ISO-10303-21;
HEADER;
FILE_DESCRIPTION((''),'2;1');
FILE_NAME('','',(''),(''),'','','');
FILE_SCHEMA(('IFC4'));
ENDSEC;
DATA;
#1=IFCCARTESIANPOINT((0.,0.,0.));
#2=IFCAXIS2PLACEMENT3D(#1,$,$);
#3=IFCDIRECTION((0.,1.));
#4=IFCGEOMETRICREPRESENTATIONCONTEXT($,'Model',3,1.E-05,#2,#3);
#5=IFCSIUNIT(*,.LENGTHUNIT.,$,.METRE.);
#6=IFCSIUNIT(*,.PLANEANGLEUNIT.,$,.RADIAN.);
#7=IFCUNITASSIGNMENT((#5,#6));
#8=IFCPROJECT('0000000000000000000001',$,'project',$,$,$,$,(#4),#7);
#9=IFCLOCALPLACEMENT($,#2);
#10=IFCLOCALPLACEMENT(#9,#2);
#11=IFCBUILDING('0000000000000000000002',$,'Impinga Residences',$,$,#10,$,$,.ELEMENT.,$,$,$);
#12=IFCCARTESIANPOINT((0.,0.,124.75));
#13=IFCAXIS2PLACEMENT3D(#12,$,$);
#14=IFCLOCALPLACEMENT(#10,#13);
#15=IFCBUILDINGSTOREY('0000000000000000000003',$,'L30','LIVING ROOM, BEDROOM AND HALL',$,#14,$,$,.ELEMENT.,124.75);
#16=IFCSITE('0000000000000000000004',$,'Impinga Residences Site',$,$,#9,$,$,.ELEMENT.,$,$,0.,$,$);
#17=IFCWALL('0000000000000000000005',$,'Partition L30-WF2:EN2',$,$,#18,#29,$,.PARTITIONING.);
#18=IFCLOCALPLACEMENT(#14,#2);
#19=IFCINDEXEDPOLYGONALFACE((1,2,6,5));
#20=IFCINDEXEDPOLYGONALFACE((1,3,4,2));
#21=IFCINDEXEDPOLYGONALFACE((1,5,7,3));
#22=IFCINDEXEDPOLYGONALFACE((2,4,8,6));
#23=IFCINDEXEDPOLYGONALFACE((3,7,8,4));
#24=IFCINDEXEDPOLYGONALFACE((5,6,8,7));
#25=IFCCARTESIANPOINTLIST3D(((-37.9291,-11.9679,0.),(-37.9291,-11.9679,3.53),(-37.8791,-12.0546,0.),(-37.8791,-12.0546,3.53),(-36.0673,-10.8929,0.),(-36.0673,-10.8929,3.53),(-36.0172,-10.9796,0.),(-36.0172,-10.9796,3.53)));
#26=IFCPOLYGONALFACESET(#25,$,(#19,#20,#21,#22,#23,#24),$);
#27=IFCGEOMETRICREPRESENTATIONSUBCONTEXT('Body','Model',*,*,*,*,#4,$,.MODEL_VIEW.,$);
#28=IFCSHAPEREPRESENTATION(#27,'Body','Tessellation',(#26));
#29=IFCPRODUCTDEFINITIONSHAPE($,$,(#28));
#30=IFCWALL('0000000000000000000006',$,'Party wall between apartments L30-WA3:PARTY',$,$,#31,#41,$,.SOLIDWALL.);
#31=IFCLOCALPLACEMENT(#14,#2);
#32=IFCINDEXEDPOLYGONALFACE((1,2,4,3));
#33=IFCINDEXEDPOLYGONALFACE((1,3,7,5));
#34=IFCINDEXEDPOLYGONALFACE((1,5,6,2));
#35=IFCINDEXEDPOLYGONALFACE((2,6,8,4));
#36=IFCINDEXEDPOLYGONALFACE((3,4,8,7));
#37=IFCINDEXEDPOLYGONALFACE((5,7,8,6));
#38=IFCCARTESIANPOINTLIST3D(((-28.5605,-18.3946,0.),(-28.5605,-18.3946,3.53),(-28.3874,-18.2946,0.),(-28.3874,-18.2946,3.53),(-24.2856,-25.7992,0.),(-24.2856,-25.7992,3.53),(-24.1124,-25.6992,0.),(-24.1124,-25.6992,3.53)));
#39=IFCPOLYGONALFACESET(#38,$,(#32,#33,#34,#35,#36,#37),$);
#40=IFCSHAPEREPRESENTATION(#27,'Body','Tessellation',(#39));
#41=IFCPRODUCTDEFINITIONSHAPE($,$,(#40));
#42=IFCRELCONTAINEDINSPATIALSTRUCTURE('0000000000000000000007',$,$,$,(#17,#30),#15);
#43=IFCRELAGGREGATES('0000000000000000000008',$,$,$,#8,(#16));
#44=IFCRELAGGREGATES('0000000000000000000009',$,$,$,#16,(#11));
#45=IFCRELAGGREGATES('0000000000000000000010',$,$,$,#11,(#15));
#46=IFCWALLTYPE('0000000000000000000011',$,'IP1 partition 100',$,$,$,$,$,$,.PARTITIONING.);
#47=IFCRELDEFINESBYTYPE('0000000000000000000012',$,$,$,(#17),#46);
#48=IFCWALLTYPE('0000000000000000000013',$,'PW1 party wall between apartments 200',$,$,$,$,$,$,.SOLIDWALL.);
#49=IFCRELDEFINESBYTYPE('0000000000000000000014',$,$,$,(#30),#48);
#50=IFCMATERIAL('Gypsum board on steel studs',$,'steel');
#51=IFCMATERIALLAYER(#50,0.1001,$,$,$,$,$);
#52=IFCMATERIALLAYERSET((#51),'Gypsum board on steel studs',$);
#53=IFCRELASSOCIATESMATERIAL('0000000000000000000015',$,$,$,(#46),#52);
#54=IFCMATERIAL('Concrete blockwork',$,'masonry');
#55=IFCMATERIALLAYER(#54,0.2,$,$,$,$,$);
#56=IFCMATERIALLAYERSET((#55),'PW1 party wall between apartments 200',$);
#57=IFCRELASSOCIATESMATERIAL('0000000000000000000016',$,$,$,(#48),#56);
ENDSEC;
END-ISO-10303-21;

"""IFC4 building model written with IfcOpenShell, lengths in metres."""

from ifc_helpers import new_model, si_unit, direction, frame, frame_2d, origin, place, context, subcontext, project, spatial, rectangle, extrude, material, layer, layer_set, type_object, element, save


model = new_model("IFC4")

# Units and contexts
model_context = context("Model", 3, precision=1e-05, world=origin(), true_north=direction((0.0, 1.0)))
body_context = subcontext(model_context, "Body", "Model", "MODEL_VIEW")
ifc_project = project(units=[si_unit("LENGTHUNIT", "METRE"), si_unit("PLANEANGLEUNIT", "RADIAN")], contexts=[model_context])

# Site, building, storey
site_placement = place(None, origin())
site = spatial("IfcSite", under=ifc_project, at=site_placement, Name="Impinga Residences Site", CompositionType="ELEMENT", RefElevation=0.0)
building_placement = place(site_placement, origin())
building = spatial("IfcBuilding", under=site, at=building_placement, Name="Impinga Residences", CompositionType="ELEMENT")
storey_placement = place(building_placement, frame((0.0, 0.0, 124.75)))
storey = spatial("IfcBuildingStorey", under=building, at=storey_placement, Name="L30", Description="LIVING ROOM, BEDROOM AND HALL", CompositionType="ELEMENT", Elevation=124.75)

# Shared definitions
ifc_material_1 = material(Name="Gypsum board on steel studs", Category="steel")
ifc_layer_1 = layer(ifc_material_1, 0.1001)
ifc_layer_set_1 = layer_set([ifc_layer_1], Name="Gypsum board on steel studs")
wall_type_1 = type_object("IfcWallType", Name="IP1 partition 100", PredefinedType="PARTITIONING", material=ifc_layer_set_1)

# Walls
wall_1_placement = place(storey_placement, frame((-36.0422, -10.9363, 0.0), z_axis=(0.0, 0.0, 1.0), x_axis=(-0.866019, -0.500011, 0.0)))
element("IfcWall", 1, at=wall_1_placement, inside=storey, type_object=wall_type_1, Name="Partition L30-WF2:EN2", PredefinedType="PARTITIONING", context=body_context, shape_type="SweptSolid", body=[
    extrude(rectangle(XDim=2.1499, YDim=0.1001, at=frame_2d((1.075, 0.0))), origin(), (0.0, 0.0, 1.0), 3.53),
])
ifc_material_2 = material(Name="Concrete blockwork", Category="masonry")
ifc_layer_2 = layer(ifc_material_2, 0.2)
ifc_layer_set_2 = layer_set([ifc_layer_2], Name="PW1 party wall between apartments 200")
wall_type_2 = type_object("IfcWallType", Name="PW1 party wall between apartments 200", PredefinedType="SOLIDWALL", material=ifc_layer_set_2)
wall_2_placement = place(storey_placement, frame((-28.4739, -18.3447, 0.0), z_axis=(0.0, 0.0, 1.0), x_axis=(0.49999, -0.866031, 0.0)))
element("IfcWall", 2, at=wall_2_placement, inside=storey, type_object=wall_type_2, Name="Party wall between apartments L30-WA3:PARTY", PredefinedType="SOLIDWALL", context=body_context, shape_type="SweptSolid", body=[
    extrude(rectangle(XDim=8.55, YDim=0.2, at=frame_2d((4.2749, 0.0))), origin(), (0.0, 0.0, 1.0), 3.53),
])

save(model, "model.ifc")
